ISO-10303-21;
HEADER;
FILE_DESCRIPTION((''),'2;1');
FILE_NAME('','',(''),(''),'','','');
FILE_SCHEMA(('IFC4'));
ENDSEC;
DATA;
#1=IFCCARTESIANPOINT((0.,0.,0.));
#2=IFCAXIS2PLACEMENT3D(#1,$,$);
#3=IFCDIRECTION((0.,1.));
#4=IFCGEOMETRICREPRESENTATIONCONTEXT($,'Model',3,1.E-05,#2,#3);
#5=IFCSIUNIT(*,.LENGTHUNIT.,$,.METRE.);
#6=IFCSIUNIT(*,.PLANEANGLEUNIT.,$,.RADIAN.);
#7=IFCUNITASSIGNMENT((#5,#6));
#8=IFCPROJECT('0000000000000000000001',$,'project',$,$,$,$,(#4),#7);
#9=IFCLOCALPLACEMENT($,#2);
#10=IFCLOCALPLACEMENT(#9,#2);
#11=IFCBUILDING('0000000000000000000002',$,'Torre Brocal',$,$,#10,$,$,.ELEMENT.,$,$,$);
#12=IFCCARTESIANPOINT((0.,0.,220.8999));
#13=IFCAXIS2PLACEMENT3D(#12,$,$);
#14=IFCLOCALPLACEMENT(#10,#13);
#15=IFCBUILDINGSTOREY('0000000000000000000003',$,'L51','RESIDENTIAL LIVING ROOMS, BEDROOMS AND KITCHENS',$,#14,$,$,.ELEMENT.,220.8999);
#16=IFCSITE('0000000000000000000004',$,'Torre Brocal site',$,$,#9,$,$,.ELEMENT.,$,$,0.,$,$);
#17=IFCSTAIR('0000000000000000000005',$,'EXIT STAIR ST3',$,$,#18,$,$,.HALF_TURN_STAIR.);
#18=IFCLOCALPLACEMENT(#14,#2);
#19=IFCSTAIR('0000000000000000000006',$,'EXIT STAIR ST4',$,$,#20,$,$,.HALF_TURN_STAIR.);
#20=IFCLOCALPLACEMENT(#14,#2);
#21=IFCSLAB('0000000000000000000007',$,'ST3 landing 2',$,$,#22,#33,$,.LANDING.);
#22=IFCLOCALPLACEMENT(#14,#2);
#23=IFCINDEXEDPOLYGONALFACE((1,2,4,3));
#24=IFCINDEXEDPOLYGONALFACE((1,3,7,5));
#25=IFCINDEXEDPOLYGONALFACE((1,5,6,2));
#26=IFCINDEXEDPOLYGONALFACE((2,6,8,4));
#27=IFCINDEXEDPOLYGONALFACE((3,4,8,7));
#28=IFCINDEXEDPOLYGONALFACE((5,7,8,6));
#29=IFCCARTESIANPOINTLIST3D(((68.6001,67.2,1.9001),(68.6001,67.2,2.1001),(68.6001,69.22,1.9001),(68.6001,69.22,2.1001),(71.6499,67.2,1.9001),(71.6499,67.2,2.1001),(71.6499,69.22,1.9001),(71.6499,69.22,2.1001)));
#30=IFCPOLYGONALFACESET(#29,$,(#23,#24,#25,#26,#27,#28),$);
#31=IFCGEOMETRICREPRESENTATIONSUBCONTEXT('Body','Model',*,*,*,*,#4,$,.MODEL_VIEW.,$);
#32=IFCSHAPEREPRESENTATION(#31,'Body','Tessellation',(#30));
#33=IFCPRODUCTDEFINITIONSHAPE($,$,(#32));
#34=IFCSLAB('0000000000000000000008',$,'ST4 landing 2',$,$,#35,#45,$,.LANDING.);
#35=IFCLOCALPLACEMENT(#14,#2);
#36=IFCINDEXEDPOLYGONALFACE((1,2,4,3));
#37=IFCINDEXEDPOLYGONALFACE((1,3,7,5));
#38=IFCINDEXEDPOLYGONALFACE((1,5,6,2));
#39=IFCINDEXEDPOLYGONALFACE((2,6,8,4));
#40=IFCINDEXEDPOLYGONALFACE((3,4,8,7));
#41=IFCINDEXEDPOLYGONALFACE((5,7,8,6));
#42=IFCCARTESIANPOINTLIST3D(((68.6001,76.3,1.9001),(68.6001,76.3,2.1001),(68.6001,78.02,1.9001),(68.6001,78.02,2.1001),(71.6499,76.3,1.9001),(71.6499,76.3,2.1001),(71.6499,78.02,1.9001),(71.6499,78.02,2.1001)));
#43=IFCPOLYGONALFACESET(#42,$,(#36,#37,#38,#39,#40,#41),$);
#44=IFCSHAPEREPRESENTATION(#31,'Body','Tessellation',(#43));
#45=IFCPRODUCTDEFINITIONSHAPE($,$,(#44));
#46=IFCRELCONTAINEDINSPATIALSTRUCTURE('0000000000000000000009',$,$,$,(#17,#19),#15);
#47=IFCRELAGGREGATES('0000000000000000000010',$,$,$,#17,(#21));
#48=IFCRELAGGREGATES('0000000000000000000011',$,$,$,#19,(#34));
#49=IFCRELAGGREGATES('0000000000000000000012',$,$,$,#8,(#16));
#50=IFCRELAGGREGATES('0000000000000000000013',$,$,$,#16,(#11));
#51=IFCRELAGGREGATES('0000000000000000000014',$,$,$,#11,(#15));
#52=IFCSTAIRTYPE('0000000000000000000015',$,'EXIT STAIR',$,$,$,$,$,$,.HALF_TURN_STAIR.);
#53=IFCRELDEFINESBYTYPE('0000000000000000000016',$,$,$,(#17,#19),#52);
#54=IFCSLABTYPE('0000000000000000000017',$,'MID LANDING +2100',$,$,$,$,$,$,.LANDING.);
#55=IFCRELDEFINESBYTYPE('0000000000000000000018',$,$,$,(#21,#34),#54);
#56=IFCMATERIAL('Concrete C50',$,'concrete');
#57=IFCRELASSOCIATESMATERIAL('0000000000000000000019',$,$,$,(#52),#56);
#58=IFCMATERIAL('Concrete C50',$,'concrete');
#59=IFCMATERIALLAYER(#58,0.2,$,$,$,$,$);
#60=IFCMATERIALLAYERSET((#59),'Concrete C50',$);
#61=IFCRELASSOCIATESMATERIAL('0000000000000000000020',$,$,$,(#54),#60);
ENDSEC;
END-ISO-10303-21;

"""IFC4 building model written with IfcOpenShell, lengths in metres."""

from ifc_helpers import new_model, si_unit, direction, frame, origin, place, context, subcontext, project, spatial, polyline, outline, extrude, material, layer, layer_set, type_object, element, aggregate, save


model = new_model("IFC4")

# Units and contexts
model_context = context("Model", 3, precision=1e-05, world=origin(), true_north=direction((0.0, 1.0)))
body_context = subcontext(model_context, "Body", "Model", "MODEL_VIEW")
ifc_project = project(units=[si_unit("LENGTHUNIT", "METRE"), si_unit("PLANEANGLEUNIT", "RADIAN")], contexts=[model_context])

# Site, building, storey
site_placement = place(None, origin())
site = spatial("IfcSite", under=ifc_project, at=site_placement, Name="Torre Brocal site", CompositionType="ELEMENT", RefElevation=0.0)
building_placement = place(site_placement, origin())
building = spatial("IfcBuilding", under=site, at=building_placement, Name="Torre Brocal", CompositionType="ELEMENT")
storey_placement = place(building_placement, frame((0.0, 0.0, 220.8999)))
storey = spatial("IfcBuildingStorey", under=building, at=storey_placement, Name="L51", Description="RESIDENTIAL LIVING ROOMS, BEDROOMS AND KITCHENS", CompositionType="ELEMENT", Elevation=220.8999)

# Stairs
ifc_material_1 = material(Name="Concrete C50", Category="concrete")
stair_type = type_object("IfcStairType", Name="EXIT STAIR", PredefinedType="HALF_TURN_STAIR", material=ifc_material_1)
stair_1_placement = place(storey_placement, origin())
stair_1 = element("IfcStair", 1, at=stair_1_placement, inside=storey, type_object=stair_type, Name="EXIT STAIR ST3", PredefinedType="HALF_TURN_STAIR")
stair_2_placement = place(storey_placement, origin())
stair_2 = element("IfcStair", 2, at=stair_2_placement, inside=storey, type_object=stair_type, Name="EXIT STAIR ST4", PredefinedType="HALF_TURN_STAIR")

# Slabs
ifc_material_2 = material(Name="Concrete C50", Category="concrete")
ifc_layer_1 = layer(ifc_material_2, 0.2)
ifc_layer_set_1 = layer_set([ifc_layer_1], Name="Concrete C50")
slab_type_1 = type_object("IfcSlabType", Name="MID LANDING +2100", PredefinedType="LANDING", material=ifc_layer_set_1)
slab_1_placement = place(storey_placement, frame((0.0, 0.0, 1.9001)))
slab_1 = element("IfcSlab", 3, at=slab_1_placement, type_object=slab_type_1, Name="ST3 landing 2", PredefinedType="LANDING", context=body_context, shape_type="SweptSolid", body=[
    extrude(outline(polyline([(71.6499, 69.22), (68.6001, 69.22), (68.6001, 67.2), (71.6499, 67.2), (71.6499, 69.22)])), origin(), (0.0, 0.0, 1.0), 0.2),
])
aggregate(stair_1, [slab_1])
slab_2_placement = place(storey_placement, frame((0.0, 0.0, 1.9001)))
slab_2 = element("IfcSlab", 4, at=slab_2_placement, type_object=slab_type_1, Name="ST4 landing 2", PredefinedType="LANDING", context=body_context, shape_type="SweptSolid", body=[
    extrude(outline(polyline([(71.6499, 78.02), (68.6001, 78.02), (68.6001, 76.3), (71.6499, 76.3), (71.6499, 78.02)])), origin(), (0.0, 0.0, 1.0), 0.2),
])
aggregate(stair_2, [slab_2])

save(model, "model.ifc")
